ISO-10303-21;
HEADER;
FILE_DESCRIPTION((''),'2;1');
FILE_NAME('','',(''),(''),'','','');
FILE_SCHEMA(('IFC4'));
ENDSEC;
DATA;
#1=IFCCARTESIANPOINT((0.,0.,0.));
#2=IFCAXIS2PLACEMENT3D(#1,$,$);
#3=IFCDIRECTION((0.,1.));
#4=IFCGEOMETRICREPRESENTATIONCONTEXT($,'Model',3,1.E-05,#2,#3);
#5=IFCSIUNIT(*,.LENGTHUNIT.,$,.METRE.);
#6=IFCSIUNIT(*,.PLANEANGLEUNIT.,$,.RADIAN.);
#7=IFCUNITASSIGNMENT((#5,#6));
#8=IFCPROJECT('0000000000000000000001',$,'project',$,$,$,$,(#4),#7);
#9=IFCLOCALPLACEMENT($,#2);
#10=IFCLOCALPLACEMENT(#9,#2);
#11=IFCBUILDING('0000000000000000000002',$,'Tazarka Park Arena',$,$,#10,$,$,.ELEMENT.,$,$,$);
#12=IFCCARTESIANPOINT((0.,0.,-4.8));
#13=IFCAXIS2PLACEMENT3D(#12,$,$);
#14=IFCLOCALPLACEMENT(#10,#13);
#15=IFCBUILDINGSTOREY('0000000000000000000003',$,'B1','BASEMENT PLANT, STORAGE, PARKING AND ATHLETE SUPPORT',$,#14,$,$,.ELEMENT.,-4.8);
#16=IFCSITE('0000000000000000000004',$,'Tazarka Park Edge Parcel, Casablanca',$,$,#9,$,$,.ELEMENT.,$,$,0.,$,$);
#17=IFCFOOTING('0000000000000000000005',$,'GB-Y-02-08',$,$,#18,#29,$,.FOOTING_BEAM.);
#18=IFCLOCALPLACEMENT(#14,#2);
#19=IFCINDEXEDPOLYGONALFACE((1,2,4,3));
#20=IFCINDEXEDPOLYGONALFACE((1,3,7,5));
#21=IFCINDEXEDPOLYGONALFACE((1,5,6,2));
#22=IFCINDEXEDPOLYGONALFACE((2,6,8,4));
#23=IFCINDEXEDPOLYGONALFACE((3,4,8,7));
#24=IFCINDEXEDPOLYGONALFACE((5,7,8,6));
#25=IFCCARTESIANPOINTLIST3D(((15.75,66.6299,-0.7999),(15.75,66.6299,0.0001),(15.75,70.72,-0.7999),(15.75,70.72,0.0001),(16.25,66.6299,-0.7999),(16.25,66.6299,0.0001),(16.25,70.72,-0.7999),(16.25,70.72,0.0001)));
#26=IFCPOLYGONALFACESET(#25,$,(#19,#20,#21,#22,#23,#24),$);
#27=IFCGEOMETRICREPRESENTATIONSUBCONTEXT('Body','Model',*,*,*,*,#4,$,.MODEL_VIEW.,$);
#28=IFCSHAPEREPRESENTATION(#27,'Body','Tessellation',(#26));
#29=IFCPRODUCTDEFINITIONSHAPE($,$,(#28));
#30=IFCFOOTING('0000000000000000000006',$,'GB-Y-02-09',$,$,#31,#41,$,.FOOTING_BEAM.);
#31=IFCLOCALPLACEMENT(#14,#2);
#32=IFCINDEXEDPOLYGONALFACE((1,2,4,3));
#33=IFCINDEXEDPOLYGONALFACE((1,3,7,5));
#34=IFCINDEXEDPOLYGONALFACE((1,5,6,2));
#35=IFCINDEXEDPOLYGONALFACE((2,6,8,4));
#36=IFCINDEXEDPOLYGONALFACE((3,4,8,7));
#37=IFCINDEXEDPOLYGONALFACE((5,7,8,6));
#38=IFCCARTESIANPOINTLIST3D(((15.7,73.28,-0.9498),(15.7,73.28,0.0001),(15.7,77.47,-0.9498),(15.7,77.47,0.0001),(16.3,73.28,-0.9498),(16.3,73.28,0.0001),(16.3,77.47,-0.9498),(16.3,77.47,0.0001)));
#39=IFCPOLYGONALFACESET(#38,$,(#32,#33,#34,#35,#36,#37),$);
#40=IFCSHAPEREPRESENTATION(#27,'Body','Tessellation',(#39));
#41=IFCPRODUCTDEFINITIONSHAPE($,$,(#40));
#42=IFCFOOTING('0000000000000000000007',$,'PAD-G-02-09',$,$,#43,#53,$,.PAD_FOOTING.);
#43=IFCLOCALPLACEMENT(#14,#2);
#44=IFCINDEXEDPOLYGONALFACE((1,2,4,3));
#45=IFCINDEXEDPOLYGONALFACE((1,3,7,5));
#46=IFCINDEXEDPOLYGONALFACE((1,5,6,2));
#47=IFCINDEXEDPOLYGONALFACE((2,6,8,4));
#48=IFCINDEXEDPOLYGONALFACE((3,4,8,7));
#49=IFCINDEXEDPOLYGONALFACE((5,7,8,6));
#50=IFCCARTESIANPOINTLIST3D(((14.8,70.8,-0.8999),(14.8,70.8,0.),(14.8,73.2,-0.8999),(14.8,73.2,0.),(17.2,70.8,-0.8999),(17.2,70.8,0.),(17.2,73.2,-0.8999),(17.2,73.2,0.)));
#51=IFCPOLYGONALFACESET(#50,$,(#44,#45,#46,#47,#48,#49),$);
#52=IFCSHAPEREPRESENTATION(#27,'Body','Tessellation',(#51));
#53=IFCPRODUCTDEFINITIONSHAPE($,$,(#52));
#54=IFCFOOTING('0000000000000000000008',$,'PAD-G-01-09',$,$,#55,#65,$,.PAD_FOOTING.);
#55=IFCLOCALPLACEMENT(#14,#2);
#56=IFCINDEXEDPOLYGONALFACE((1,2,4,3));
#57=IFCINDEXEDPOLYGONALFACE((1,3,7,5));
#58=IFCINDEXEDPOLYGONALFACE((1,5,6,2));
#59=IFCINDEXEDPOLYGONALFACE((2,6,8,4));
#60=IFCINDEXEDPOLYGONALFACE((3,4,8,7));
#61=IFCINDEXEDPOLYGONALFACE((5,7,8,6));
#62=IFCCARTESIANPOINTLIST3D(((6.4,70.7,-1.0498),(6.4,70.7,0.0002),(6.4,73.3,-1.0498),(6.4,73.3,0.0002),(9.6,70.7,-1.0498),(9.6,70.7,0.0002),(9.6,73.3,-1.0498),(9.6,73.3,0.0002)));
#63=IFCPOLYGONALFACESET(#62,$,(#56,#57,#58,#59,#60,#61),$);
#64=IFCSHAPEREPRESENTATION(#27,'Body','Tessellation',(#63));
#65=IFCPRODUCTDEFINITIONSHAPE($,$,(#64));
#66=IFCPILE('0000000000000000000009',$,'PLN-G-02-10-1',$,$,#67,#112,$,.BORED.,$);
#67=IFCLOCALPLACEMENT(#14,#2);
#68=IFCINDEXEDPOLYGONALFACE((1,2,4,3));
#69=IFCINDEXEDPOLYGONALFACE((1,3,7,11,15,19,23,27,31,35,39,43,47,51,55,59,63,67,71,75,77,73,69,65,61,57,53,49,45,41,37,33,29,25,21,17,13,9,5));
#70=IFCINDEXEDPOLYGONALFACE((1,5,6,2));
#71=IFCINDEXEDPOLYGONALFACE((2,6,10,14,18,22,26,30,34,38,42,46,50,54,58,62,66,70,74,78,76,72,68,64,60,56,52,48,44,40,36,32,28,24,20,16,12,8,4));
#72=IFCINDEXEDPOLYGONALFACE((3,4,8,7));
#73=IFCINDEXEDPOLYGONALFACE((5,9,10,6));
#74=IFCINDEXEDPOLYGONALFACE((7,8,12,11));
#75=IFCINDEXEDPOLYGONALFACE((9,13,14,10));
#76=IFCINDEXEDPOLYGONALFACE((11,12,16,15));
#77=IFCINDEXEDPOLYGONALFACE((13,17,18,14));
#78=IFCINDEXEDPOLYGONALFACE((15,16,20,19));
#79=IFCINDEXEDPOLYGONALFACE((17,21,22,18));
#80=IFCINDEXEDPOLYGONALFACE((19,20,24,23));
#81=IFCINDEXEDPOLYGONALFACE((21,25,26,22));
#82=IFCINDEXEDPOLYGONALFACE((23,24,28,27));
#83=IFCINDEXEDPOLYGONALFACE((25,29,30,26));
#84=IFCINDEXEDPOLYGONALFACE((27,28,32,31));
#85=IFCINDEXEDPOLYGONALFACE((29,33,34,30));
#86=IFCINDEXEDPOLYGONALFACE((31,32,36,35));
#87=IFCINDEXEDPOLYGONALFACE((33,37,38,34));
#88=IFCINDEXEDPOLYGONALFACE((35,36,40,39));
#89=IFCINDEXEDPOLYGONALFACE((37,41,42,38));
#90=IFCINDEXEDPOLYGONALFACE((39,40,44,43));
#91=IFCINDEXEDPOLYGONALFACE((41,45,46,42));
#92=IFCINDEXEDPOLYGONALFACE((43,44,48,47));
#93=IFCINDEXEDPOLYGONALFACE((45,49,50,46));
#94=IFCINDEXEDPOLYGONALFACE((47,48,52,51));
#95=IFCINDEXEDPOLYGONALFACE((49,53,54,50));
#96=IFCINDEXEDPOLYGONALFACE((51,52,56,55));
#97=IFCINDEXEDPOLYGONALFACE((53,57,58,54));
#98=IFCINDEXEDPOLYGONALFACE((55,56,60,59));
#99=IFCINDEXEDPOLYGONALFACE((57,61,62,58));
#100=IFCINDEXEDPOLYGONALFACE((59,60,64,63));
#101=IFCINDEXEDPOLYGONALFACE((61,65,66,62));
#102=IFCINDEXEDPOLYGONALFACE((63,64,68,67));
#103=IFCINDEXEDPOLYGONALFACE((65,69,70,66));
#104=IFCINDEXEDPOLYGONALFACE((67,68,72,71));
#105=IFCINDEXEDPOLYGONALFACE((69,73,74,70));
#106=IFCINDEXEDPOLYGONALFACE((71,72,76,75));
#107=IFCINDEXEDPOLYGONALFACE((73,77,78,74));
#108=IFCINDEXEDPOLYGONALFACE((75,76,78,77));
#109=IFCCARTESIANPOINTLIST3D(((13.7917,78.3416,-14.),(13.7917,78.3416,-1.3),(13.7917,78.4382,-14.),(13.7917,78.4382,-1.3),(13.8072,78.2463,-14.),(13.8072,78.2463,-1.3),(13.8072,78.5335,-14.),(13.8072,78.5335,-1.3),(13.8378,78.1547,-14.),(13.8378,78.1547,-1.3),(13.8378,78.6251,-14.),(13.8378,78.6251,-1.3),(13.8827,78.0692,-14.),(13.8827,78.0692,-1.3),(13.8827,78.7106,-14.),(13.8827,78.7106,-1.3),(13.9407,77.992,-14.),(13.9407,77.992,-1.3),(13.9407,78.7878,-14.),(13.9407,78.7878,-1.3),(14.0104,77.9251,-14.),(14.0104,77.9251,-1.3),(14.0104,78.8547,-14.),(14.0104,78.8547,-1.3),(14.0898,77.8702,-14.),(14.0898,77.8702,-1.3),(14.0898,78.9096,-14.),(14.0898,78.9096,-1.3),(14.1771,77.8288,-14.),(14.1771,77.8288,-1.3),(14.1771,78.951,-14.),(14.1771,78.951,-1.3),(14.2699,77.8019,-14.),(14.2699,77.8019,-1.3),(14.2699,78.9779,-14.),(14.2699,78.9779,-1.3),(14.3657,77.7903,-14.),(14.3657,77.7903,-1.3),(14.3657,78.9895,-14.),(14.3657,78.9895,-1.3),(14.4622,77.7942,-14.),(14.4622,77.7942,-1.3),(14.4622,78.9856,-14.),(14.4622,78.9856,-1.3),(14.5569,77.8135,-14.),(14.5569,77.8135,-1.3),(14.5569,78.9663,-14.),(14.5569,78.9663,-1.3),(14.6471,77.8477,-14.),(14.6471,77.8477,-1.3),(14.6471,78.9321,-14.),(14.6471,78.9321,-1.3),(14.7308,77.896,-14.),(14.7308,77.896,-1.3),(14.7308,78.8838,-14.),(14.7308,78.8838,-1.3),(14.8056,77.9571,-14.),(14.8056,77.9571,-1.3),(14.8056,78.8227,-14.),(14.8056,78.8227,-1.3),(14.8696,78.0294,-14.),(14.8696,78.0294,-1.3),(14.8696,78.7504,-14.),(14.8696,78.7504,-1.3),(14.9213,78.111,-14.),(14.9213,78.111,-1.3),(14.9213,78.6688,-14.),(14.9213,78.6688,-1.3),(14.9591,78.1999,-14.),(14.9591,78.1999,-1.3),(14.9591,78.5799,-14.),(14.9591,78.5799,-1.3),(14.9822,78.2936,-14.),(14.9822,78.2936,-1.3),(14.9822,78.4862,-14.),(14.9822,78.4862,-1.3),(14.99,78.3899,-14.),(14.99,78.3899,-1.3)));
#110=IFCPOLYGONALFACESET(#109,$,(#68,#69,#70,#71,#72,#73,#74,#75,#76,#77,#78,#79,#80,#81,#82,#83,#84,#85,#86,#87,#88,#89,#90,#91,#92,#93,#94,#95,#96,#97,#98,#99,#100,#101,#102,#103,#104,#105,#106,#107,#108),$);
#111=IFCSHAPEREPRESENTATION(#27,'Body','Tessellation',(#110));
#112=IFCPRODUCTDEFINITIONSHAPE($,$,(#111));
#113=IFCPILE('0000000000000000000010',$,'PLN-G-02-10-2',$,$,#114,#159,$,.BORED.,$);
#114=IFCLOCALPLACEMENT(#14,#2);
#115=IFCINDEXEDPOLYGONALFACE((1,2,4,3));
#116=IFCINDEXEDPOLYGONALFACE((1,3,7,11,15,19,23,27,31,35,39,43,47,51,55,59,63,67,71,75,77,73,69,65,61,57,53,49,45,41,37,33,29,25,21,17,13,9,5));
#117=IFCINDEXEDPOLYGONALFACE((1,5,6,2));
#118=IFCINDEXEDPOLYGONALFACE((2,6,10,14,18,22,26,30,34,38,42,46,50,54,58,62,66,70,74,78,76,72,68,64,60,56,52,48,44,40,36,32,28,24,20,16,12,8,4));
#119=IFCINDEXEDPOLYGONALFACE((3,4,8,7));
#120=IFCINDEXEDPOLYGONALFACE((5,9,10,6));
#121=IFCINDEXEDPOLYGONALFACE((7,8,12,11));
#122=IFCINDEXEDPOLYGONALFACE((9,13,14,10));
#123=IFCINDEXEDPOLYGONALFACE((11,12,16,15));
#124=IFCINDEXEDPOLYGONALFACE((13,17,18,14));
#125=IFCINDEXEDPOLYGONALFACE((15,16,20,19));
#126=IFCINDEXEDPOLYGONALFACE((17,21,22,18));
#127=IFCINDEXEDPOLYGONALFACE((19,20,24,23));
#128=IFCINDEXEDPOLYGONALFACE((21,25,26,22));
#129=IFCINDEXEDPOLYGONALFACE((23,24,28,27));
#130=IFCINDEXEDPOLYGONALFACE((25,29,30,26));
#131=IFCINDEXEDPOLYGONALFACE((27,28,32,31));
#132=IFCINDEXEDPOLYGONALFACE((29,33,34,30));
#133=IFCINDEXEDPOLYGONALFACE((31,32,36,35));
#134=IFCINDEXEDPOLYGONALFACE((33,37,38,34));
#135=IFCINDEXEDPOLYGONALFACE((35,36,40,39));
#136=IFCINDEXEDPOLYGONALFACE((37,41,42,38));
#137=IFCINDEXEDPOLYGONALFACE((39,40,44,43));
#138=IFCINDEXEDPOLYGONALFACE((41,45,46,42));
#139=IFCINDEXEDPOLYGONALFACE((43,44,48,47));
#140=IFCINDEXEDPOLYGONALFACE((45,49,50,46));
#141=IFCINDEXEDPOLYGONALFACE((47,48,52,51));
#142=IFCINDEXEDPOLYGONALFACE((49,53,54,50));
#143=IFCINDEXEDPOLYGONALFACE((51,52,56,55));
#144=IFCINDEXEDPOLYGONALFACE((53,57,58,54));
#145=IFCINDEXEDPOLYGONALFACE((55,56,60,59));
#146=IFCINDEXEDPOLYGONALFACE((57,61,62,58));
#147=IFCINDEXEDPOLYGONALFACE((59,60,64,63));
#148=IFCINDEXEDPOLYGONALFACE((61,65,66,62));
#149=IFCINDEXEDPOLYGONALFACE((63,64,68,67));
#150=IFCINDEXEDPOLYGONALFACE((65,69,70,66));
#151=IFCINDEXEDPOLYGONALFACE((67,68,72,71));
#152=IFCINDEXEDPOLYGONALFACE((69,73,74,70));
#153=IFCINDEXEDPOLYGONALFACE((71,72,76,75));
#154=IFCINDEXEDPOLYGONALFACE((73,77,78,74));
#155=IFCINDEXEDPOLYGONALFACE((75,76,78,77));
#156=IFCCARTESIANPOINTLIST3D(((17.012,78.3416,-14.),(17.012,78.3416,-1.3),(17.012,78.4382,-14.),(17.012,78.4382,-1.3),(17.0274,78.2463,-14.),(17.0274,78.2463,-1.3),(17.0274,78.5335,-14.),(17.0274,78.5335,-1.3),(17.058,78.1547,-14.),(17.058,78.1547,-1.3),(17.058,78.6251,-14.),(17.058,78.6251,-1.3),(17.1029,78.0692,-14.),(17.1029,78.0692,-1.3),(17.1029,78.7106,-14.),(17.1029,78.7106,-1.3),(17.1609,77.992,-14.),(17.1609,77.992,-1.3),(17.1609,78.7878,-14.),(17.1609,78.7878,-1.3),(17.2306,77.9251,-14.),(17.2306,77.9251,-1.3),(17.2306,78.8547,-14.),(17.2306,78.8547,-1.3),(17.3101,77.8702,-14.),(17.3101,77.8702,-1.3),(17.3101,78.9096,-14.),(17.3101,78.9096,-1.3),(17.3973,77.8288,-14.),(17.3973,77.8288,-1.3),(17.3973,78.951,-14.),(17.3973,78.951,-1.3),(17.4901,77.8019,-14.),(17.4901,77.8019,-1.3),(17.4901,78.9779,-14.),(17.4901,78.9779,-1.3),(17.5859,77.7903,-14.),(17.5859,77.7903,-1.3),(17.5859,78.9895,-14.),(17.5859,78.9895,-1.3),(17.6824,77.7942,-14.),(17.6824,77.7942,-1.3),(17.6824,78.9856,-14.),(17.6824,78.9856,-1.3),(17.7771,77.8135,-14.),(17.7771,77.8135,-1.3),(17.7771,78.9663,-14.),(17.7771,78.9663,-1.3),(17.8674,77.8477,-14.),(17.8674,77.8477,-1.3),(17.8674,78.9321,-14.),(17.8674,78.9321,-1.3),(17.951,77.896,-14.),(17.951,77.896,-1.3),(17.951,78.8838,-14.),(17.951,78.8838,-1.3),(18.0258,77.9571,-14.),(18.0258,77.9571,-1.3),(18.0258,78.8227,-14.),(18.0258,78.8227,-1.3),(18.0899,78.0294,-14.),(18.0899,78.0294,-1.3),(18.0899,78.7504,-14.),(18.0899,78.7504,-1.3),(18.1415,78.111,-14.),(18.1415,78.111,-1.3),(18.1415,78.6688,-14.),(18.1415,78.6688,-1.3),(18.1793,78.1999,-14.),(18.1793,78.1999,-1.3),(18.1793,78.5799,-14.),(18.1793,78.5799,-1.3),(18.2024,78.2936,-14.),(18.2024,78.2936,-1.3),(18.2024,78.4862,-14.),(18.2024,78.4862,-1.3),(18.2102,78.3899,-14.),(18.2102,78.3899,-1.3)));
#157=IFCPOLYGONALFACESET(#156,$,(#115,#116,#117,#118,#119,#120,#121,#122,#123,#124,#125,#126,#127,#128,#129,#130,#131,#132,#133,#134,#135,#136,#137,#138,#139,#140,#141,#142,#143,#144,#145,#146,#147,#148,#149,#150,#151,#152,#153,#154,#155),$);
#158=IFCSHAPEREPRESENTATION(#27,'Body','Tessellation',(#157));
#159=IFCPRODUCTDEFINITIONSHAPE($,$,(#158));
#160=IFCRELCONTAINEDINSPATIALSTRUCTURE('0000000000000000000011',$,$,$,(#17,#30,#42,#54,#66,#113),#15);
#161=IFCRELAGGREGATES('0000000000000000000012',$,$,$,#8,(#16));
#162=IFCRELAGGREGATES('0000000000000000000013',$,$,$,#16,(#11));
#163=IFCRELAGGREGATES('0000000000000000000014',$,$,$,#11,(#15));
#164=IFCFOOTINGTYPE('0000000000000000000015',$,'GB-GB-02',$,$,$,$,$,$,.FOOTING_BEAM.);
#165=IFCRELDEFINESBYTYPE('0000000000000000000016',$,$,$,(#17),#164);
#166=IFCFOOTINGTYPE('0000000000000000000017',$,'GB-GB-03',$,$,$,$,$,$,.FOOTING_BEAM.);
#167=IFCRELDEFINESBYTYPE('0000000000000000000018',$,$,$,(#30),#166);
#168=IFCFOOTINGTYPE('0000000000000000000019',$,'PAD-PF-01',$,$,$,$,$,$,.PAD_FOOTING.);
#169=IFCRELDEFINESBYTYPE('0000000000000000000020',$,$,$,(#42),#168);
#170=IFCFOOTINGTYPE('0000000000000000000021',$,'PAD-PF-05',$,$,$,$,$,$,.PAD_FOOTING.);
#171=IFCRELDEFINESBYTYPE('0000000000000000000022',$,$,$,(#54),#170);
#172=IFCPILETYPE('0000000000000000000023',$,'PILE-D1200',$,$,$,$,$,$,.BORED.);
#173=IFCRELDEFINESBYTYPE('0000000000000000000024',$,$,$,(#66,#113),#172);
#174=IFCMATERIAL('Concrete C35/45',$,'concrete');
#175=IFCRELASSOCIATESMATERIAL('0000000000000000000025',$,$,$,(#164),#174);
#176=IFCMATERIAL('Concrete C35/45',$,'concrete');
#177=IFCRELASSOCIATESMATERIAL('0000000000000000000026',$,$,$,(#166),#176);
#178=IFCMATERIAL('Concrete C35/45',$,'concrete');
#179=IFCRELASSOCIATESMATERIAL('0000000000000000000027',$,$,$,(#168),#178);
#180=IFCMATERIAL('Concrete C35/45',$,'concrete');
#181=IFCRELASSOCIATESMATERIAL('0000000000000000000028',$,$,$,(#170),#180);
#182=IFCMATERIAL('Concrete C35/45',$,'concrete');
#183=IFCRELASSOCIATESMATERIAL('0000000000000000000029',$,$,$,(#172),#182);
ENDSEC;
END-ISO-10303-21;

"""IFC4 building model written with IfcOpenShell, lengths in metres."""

from ifc_helpers import new_model, si_unit, direction, frame, origin, origin_2d, place, context, subcontext, project, spatial, rectangle, circle, extrude, material, material_profile, profile_set, type_object, element, save


model = new_model("IFC4")

# Units and contexts
model_context = context("Model", 3, precision=1e-05, world=origin(), true_north=direction((0.0, 1.0)))
body_context = subcontext(model_context, "Body", "Model", "MODEL_VIEW")
ifc_project = project(units=[si_unit("LENGTHUNIT", "METRE"), si_unit("PLANEANGLEUNIT", "RADIAN")], contexts=[model_context])

# Site, building, storey
site_placement = place(None, origin())
site = spatial("IfcSite", under=ifc_project, at=site_placement, Name="Tazarka Park Edge Parcel, Casablanca", CompositionType="ELEMENT", RefElevation=0.0)
building_placement = place(site_placement, origin())
building = spatial("IfcBuilding", under=site, at=building_placement, Name="Tazarka Park Arena", CompositionType="ELEMENT")
storey_placement = place(building_placement, frame((0.0, 0.0, -4.8)))
storey = spatial("IfcBuildingStorey", under=building, at=storey_placement, Name="B1", Description="BASEMENT PLANT, STORAGE, PARKING AND ATHLETE SUPPORT", CompositionType="ELEMENT", Elevation=-4.8)

# Footings
ifc_material_1 = material(Name="Concrete C35/45", Category="concrete")
ifc_material_profile_1 = material_profile(ifc_material_1, rectangle(XDim=0.5, YDim=0.8, at=origin_2d()), Name="Concrete C35/45")
ifc_profile_set_1 = profile_set([ifc_material_profile_1], Name="Concrete C35/45")
footing_type_1 = type_object("IfcFootingType", Name="GB-GB-02", PredefinedType="FOOTING_BEAM", material=ifc_profile_set_1)
footing_1_placement = place(storey_placement, frame((16.0, 66.6299, -0.3999), z_axis=(0.0, 1.0, 0.0), x_axis=(-1.0, 0.0, 0.0)))
element("IfcFooting", 1, at=footing_1_placement, inside=storey, type_object=footing_type_1, Name="GB-Y-02-08", PredefinedType="FOOTING_BEAM", context=body_context, shape_type="SweptSolid", body=[
    extrude(rectangle(XDim=0.5, YDim=0.8, at=origin_2d()), origin(), (0.0, 0.0, 1.0), 4.0901),
])
ifc_material_2 = material(Name="Concrete C35/45", Category="concrete")
ifc_material_profile_2 = material_profile(ifc_material_2, rectangle(XDim=0.6001, YDim=0.95, at=origin_2d()), Name="Concrete C35/45")
ifc_profile_set_2 = profile_set([ifc_material_profile_2], Name="Concrete C35/45")
footing_type_2 = type_object("IfcFootingType", Name="GB-GB-03", PredefinedType="FOOTING_BEAM", material=ifc_profile_set_2)
footing_2_placement = place(storey_placement, frame((16.0, 73.28, -0.4749), z_axis=(0.0, 1.0, 0.0), x_axis=(-1.0, 0.0, 0.0)))
element("IfcFooting", 2, at=footing_2_placement, inside=storey, type_object=footing_type_2, Name="GB-Y-02-09", PredefinedType="FOOTING_BEAM", context=body_context, shape_type="SweptSolid", body=[
    extrude(rectangle(XDim=0.6001, YDim=0.95, at=origin_2d()), origin(), (0.0, 0.0, 1.0), 4.1899),
])
ifc_material_3 = material(Name="Concrete C35/45", Category="concrete")
footing_type_3 = type_object("IfcFootingType", Name="PAD-PF-01", PredefinedType="PAD_FOOTING", material=ifc_material_3)
footing_3_placement = place(storey_placement, frame((16.0, 72.0, -0.8999), z_axis=(0.0, 0.0, 1.0), x_axis=(1.0, 0.0, 0.0)))
element("IfcFooting", 3, at=footing_3_placement, inside=storey, type_object=footing_type_3, Name="PAD-G-02-09", PredefinedType="PAD_FOOTING", context=body_context, shape_type="SweptSolid", body=[
    extrude(rectangle(XDim=2.3999, YDim=2.3999, at=origin_2d()), origin(), (0.0, 0.0, 1.0), 0.8999),
])
ifc_material_4 = material(Name="Concrete C35/45", Category="concrete")
footing_type_4 = type_object("IfcFootingType", Name="PAD-PF-05", PredefinedType="PAD_FOOTING", material=ifc_material_4)
footing_4_placement = place(storey_placement, frame((8.0, 72.0, -1.0498), z_axis=(0.0, 0.0, 1.0), x_axis=(1.0, 0.0, 0.0)))
element("IfcFooting", 4, at=footing_4_placement, inside=storey, type_object=footing_type_4, Name="PAD-G-01-09", PredefinedType="PAD_FOOTING", context=body_context, shape_type="SweptSolid", body=[
    extrude(rectangle(XDim=3.2, YDim=2.6001, at=origin_2d()), origin(), (0.0, 0.0, 1.0), 1.05),
])

# Piles
ifc_material_5 = material(Name="Concrete C35/45", Category="concrete")
ifc_material_profile_3 = material_profile(ifc_material_5, circle(Radius=0.6001, at=origin_2d()), Name="Concrete C35/45")
ifc_profile_set_3 = profile_set([ifc_material_profile_3], Name="Concrete C35/45")
pile_type_1 = type_object("IfcPileType", Name="PILE-D1200", PredefinedType="BORED", material=ifc_profile_set_3)
for number, where, z_axis, x_axis, name in (
    (5, (14.3899, 78.3899, -1.3), (0.0, 0.0, -1.0), (1.0, 0.0, 0.0), "PLN-G-02-10-1"),
    (6, (17.6101, 78.3899, -1.3), (0.0, 0.0, -1.0), (1.0, 0.0, 0.0), "PLN-G-02-10-2"),
):
    element("IfcPile", number, at=place(storey_placement, frame(where, z_axis=z_axis, x_axis=x_axis)), inside=storey, type_object=pile_type_1, Name=name, PredefinedType="BORED", context=body_context, shape_type="SweptSolid", body=[
        extrude(circle(Radius=0.6001, at=origin_2d()), origin(), (0.0, 0.0, 1.0), 12.7),
    ])

save(model, "model.ifc")
